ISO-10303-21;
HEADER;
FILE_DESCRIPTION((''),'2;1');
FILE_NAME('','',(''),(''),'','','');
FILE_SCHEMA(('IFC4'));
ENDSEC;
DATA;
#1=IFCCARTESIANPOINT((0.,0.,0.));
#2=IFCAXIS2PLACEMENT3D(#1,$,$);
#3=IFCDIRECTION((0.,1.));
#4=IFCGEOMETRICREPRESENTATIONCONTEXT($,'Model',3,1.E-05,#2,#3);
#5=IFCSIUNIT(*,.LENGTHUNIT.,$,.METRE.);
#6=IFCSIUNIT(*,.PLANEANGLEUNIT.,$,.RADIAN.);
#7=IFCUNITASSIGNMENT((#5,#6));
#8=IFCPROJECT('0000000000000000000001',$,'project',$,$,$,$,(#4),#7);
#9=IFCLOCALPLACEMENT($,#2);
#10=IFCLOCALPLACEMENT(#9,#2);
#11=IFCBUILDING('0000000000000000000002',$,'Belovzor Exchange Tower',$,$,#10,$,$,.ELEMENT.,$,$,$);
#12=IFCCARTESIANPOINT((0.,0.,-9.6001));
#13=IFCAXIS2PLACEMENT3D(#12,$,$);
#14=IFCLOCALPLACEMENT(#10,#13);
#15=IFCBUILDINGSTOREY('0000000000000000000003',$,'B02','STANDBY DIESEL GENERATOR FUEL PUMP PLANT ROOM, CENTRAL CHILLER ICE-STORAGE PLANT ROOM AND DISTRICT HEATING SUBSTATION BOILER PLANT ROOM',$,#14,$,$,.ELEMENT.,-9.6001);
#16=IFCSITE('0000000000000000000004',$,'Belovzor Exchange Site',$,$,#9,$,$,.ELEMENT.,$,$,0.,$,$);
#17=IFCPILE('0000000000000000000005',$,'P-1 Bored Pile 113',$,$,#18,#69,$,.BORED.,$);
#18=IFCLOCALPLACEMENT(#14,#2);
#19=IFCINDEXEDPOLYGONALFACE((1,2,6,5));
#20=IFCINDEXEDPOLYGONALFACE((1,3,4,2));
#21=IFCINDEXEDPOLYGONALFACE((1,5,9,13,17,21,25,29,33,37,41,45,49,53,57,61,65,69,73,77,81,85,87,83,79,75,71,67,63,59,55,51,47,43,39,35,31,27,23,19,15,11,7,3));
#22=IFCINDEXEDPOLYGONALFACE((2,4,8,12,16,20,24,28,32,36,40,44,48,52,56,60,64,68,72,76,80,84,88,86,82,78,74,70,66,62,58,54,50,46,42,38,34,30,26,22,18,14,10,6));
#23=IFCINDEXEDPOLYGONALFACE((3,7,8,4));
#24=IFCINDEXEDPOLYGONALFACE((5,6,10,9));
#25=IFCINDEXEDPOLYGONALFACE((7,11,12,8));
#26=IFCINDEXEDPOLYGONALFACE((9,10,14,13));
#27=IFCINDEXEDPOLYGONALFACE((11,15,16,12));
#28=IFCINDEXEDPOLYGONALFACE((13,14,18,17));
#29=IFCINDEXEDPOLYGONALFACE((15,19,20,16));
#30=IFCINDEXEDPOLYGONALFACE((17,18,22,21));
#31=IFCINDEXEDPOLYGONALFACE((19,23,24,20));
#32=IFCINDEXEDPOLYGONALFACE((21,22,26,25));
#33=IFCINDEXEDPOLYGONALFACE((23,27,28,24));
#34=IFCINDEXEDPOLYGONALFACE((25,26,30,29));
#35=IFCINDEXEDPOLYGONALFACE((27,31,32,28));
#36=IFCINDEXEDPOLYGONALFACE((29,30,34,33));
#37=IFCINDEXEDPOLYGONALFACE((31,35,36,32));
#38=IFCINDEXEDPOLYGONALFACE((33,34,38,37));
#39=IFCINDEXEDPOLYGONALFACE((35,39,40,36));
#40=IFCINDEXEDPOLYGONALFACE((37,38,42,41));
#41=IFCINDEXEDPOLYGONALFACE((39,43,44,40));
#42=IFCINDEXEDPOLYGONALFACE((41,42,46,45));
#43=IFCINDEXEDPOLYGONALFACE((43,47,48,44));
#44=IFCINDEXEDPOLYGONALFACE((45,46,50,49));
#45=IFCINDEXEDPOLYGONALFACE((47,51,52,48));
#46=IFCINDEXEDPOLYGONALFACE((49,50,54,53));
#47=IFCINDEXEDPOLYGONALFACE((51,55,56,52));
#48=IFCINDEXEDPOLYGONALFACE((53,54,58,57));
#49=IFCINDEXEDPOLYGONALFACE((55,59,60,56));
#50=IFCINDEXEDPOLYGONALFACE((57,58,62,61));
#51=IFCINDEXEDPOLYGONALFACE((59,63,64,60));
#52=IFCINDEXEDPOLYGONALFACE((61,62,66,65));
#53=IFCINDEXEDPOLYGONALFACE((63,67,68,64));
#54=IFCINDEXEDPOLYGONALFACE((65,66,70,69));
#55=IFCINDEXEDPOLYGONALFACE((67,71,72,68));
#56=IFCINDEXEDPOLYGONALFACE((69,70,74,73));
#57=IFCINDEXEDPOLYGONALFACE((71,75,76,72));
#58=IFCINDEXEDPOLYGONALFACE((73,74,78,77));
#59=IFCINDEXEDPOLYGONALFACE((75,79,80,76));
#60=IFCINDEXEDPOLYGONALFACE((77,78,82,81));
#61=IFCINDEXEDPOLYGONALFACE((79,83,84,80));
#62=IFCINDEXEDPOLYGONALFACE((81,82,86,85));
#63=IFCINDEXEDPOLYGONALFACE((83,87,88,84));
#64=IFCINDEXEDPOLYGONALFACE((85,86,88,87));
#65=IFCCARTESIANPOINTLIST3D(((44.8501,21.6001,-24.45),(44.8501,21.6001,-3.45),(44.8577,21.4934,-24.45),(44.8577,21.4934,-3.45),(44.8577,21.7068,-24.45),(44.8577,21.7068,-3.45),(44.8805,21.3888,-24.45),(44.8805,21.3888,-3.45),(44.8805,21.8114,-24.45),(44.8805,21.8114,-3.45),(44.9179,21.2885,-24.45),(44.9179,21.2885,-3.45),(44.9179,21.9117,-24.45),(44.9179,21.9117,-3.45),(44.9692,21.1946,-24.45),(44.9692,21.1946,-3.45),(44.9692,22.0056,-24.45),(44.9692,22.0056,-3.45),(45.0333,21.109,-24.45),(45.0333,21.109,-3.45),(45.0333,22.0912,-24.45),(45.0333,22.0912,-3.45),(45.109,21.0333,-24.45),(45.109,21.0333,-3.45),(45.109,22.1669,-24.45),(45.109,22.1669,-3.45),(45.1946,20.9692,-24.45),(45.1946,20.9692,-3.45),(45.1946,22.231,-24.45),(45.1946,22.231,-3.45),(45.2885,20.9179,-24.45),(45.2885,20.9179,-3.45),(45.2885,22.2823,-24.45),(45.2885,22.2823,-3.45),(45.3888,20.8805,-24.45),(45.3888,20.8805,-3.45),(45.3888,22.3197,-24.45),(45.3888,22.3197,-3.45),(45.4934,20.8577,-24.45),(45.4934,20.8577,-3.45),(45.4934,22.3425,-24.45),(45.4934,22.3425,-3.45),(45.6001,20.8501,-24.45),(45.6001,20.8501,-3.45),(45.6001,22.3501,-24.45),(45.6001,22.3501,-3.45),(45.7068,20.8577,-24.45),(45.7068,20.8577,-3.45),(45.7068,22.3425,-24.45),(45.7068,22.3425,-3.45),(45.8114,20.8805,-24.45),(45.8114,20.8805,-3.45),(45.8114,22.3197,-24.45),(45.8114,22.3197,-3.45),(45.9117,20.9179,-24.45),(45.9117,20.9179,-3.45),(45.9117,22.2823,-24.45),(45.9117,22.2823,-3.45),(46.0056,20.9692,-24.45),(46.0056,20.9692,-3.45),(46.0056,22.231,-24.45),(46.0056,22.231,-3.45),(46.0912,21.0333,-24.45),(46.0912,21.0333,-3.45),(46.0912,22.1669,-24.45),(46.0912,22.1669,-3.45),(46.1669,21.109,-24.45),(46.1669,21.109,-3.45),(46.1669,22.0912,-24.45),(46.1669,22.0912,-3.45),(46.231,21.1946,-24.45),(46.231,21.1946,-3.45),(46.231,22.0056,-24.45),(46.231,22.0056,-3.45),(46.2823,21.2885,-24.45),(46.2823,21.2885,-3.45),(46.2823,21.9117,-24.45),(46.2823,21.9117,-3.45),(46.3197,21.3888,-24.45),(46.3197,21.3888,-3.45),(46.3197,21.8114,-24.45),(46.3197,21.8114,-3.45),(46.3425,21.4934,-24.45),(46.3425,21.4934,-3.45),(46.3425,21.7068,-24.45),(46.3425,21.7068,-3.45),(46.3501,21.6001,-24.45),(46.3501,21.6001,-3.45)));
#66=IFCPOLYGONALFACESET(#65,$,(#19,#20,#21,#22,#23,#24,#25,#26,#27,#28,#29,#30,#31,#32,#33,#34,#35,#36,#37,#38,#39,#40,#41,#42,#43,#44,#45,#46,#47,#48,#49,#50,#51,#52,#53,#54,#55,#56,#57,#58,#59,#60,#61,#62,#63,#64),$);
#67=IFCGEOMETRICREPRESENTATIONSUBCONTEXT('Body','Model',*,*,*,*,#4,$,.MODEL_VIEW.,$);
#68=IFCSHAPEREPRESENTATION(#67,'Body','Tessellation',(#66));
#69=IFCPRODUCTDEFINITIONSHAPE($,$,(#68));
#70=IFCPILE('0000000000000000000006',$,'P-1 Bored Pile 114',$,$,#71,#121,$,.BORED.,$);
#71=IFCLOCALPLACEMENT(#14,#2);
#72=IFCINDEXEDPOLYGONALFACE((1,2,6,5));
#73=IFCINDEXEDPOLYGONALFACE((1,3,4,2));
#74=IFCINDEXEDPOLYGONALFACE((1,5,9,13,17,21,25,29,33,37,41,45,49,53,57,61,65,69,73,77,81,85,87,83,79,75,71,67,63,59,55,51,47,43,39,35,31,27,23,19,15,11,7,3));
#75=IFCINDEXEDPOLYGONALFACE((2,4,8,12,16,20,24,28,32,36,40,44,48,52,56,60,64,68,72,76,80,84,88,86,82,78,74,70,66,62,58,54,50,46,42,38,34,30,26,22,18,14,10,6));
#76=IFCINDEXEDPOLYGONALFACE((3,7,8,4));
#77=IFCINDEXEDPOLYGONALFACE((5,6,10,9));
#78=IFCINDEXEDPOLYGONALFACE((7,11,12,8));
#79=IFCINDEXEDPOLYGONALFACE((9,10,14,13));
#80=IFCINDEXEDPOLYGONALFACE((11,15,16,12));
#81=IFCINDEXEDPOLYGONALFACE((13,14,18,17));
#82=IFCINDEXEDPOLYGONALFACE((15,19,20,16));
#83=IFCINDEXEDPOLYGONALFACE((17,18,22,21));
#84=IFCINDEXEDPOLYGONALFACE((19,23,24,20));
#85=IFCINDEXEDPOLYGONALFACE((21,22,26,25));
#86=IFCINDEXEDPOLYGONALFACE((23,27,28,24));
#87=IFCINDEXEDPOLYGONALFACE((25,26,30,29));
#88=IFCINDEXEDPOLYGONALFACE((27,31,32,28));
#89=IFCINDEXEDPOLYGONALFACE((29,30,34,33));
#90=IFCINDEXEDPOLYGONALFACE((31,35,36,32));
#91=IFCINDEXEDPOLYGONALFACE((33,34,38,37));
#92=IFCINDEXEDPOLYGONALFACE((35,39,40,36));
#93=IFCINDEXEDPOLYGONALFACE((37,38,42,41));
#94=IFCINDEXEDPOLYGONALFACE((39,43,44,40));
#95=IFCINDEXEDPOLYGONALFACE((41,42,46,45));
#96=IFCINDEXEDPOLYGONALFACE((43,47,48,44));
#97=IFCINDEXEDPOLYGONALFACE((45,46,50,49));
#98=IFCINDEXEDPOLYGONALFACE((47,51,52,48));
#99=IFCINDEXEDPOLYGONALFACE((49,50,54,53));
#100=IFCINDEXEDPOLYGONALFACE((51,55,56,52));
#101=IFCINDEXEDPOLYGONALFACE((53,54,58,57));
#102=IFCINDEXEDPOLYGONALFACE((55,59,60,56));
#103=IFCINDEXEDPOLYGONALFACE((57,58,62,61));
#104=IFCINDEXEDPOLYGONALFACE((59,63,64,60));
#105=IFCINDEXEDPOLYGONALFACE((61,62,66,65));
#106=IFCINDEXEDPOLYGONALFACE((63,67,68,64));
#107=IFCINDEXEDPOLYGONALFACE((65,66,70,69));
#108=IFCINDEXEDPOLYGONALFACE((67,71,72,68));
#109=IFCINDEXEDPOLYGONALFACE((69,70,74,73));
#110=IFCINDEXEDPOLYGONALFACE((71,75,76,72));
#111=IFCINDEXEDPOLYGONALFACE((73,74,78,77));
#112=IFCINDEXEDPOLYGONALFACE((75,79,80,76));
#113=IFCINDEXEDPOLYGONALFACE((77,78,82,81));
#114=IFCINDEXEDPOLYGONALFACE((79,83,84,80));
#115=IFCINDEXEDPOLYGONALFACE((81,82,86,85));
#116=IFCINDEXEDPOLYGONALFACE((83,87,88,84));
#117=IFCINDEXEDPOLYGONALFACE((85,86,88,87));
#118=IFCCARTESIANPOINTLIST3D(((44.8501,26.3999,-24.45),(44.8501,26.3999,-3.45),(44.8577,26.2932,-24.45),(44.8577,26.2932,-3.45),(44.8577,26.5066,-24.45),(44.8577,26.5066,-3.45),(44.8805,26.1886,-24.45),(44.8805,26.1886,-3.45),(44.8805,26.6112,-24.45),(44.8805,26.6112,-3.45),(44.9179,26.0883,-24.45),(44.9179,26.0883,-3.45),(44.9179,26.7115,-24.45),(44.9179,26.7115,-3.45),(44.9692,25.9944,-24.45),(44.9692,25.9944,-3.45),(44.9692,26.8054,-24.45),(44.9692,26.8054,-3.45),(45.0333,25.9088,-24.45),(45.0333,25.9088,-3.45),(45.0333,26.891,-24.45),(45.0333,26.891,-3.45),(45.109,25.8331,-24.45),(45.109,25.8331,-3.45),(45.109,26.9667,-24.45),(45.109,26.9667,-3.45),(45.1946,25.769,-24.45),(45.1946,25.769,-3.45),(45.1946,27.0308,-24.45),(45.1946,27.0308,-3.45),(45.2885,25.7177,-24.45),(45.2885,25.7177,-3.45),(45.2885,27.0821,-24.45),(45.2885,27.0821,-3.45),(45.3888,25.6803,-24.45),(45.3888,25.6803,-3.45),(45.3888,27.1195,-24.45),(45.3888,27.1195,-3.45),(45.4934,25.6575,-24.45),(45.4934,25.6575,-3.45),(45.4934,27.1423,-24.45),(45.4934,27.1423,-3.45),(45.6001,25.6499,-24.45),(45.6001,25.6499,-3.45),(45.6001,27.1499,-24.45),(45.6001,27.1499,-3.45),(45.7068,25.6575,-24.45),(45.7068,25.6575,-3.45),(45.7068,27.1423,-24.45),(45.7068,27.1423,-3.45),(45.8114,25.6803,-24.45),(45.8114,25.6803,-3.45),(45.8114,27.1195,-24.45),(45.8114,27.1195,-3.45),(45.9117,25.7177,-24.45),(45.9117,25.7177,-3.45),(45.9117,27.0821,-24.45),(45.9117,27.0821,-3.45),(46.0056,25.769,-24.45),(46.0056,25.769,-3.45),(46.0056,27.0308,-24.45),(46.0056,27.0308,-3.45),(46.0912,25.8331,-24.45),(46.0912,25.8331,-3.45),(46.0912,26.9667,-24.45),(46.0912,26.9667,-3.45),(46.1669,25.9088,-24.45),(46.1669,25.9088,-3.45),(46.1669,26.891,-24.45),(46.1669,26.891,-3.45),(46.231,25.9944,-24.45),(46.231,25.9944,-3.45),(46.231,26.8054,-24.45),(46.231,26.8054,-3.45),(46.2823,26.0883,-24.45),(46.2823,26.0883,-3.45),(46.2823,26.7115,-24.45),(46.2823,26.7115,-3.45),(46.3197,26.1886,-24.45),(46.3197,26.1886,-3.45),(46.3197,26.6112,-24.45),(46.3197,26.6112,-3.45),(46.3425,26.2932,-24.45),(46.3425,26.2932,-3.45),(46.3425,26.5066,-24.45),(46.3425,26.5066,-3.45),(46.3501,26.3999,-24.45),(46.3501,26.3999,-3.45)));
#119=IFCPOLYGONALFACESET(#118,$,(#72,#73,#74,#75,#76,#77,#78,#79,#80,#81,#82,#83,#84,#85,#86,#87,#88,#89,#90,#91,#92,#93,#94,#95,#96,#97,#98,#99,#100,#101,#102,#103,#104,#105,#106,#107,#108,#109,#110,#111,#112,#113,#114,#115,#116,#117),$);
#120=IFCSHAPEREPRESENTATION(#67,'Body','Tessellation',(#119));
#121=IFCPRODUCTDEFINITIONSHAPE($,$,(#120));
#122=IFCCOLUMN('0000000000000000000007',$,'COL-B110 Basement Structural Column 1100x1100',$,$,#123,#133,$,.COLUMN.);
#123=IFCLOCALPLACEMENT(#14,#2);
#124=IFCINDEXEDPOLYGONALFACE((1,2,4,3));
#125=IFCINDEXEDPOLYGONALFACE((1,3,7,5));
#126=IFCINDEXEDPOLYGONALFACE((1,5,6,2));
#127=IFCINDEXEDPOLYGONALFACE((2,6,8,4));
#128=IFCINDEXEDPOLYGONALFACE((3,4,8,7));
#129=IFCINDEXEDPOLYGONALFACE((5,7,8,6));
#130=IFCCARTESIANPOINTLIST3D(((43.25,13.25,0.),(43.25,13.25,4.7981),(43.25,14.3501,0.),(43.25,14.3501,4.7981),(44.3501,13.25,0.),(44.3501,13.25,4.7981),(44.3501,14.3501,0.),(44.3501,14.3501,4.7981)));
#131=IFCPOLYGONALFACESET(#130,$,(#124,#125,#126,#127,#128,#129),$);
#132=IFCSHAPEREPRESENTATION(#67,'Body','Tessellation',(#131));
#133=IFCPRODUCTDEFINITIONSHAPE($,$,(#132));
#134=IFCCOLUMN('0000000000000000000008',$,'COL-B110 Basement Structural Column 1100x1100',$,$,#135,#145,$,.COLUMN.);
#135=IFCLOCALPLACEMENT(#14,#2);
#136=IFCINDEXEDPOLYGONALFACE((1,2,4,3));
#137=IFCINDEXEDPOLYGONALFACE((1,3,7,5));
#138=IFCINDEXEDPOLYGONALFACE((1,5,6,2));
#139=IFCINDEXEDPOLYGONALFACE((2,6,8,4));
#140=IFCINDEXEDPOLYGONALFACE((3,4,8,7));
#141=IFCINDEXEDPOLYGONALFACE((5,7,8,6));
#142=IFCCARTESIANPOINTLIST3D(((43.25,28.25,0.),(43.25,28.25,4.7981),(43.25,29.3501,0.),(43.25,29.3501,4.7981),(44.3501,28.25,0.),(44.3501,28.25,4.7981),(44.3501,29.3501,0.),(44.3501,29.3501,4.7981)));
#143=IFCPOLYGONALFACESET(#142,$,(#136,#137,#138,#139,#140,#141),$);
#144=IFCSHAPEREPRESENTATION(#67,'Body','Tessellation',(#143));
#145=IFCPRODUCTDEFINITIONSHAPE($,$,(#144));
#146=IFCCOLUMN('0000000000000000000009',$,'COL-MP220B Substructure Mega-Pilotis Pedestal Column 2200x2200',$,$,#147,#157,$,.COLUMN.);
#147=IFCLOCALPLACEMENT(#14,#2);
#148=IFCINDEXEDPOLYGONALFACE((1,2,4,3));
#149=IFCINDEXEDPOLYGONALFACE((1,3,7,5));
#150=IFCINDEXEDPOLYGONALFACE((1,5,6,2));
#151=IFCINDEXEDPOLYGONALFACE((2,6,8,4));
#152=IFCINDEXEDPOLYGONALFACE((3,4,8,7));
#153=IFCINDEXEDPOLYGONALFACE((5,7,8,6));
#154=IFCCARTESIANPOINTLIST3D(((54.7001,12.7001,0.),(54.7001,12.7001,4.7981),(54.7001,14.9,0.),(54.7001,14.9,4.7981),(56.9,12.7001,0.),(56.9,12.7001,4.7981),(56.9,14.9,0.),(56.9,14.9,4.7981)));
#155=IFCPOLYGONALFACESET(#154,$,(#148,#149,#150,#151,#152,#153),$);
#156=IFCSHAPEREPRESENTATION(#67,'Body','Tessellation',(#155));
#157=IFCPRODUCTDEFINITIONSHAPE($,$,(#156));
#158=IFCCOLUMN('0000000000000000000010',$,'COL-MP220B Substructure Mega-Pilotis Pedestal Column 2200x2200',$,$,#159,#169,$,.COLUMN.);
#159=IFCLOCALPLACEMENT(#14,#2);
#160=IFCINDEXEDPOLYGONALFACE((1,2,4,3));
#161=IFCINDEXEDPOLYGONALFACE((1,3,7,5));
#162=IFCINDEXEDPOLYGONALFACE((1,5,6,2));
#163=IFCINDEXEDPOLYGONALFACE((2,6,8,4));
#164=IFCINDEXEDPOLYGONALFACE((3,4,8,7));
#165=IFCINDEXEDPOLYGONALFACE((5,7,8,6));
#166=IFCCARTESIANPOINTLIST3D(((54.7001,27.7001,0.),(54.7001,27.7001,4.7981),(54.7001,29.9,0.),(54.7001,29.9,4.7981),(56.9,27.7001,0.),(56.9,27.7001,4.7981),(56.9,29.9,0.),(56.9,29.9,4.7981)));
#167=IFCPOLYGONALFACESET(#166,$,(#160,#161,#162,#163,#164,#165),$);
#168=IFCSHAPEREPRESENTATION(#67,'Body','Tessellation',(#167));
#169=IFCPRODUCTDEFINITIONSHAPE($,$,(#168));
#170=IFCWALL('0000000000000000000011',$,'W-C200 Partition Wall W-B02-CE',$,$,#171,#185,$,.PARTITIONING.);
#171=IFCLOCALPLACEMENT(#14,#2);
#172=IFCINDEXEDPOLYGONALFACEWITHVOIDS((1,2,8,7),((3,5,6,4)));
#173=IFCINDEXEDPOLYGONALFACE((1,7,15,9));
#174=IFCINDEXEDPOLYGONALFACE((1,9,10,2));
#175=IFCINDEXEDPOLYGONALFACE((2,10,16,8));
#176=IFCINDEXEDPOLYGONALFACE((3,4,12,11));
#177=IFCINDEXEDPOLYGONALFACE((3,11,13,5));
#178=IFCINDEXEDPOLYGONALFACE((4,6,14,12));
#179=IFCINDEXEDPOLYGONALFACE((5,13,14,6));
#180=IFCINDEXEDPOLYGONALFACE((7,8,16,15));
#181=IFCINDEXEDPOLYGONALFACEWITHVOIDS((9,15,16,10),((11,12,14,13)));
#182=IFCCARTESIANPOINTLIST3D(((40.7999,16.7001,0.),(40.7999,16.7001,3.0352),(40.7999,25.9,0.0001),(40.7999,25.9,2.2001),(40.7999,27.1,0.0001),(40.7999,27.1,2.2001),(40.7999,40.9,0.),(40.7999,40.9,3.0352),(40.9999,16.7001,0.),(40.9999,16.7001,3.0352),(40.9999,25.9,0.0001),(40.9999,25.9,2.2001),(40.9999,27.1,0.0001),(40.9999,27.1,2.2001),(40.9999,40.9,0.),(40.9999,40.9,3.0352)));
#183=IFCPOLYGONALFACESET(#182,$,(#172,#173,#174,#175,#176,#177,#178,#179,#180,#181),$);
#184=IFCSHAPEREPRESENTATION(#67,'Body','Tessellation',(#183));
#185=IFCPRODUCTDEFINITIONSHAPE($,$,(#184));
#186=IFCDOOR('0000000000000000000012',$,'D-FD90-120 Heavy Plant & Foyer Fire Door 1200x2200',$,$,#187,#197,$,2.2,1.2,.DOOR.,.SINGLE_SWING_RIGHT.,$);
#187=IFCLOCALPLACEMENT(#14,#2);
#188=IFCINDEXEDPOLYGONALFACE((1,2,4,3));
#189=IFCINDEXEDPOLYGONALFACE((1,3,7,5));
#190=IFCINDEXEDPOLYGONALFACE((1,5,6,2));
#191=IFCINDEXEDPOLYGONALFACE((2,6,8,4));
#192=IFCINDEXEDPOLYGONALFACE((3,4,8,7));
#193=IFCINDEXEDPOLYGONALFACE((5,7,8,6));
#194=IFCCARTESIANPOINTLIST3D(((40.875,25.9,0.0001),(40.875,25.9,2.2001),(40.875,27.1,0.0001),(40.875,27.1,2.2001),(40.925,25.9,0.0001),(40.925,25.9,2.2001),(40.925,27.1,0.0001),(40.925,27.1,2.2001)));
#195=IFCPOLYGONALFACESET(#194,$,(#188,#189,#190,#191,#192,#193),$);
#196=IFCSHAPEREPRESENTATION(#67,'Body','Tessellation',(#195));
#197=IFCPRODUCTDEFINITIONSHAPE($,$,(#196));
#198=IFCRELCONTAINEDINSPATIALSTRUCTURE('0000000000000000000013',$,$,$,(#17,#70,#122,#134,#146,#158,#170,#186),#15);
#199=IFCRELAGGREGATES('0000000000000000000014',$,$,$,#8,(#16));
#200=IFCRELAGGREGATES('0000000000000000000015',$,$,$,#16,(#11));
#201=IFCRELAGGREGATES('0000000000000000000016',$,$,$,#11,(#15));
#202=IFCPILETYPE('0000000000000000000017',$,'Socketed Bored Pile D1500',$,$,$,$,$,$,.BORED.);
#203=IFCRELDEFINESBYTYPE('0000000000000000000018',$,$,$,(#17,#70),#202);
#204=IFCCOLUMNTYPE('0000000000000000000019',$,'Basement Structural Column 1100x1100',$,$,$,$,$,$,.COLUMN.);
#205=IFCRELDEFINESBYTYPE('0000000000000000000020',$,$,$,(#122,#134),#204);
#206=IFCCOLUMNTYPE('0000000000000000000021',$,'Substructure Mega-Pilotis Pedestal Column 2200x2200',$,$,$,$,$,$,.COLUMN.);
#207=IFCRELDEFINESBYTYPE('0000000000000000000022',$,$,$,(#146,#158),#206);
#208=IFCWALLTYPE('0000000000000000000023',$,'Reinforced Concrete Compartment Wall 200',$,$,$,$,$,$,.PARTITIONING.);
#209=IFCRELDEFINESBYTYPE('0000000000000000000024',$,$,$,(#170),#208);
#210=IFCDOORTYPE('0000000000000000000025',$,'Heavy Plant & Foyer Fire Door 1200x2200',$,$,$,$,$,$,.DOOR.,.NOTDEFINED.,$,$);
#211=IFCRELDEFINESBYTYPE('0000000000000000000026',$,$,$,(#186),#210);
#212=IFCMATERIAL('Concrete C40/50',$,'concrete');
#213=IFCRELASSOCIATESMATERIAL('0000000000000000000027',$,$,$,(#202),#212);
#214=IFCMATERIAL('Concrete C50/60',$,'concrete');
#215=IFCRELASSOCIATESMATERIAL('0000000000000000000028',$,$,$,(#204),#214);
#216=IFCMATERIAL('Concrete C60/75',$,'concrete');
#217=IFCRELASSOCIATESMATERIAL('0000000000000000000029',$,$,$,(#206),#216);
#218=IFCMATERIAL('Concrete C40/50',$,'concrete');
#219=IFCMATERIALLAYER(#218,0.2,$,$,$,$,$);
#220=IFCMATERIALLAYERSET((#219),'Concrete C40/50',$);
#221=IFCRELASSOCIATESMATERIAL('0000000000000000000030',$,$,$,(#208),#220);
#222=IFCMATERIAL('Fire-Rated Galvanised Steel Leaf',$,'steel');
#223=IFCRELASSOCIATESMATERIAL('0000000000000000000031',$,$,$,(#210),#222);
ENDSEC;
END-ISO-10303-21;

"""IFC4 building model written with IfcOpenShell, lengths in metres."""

from ifc_helpers import new_model, si_unit, direction, frame, frame_2d, origin, origin_2d, place, context, subcontext, project, spatial, rectangle, circle, extrude, material, layer, layer_set, material_profile, profile_set, type_object, element, fill, save


model = new_model("IFC4")

# Units and contexts
model_context = context("Model", 3, precision=1e-05, world=origin(), true_north=direction((0.0, 1.0)))
body_context = subcontext(model_context, "Body", "Model", "MODEL_VIEW")
ifc_project = project(units=[si_unit("LENGTHUNIT", "METRE"), si_unit("PLANEANGLEUNIT", "RADIAN")], contexts=[model_context])

# Site, building, storey
site_placement = place(None, origin())
site = spatial("IfcSite", under=ifc_project, at=site_placement, Name="Belovzor Exchange Site", CompositionType="ELEMENT", RefElevation=0.0)
building_placement = place(site_placement, origin())
building = spatial("IfcBuilding", under=site, at=building_placement, Name="Belovzor Exchange Tower", CompositionType="ELEMENT")
storey_placement = place(building_placement, frame((0.0, 0.0, -9.6001)))
storey = spatial("IfcBuildingStorey", under=building, at=storey_placement, Name="B02", Description="STANDBY DIESEL GENERATOR FUEL PUMP PLANT ROOM, CENTRAL CHILLER ICE-STORAGE PLANT ROOM AND DISTRICT HEATING SUBSTATION BOILER PLANT ROOM", CompositionType="ELEMENT", Elevation=-9.6001)

# Piles
ifc_material_1 = material(Name="Concrete C40/50", Category="concrete")
ifc_material_profile_1 = material_profile(ifc_material_1, circle(Radius=0.75, at=origin_2d()))
ifc_profile_set_1 = profile_set([ifc_material_profile_1], Name="Concrete C40/50")
pile_type_1 = type_object("IfcPileType", Name="Socketed Bored Pile D1500", PredefinedType="BORED", material=ifc_profile_set_1)
for number, where, z_axis, x_axis, name in (
    (1, (45.6001, 21.6001, -3.45), (0.0, 0.0, -1.0), (1.0, 0.0, 0.0), "P-1 Bored Pile 113"),
    (2, (45.6001, 26.3999, -3.45), (0.0, 0.0, -1.0), (1.0, 0.0, 0.0), "P-1 Bored Pile 114"),
):
    element("IfcPile", number, at=place(storey_placement, frame(where, z_axis=z_axis, x_axis=x_axis)), inside=storey, type_object=pile_type_1, Name=name, PredefinedType="BORED", context=body_context, shape_type="SweptSolid", body=[
        extrude(circle(Radius=0.75, at=origin_2d()), origin(), (0.0, 0.0, 1.0), 21.0),
    ])

# Columns
ifc_material_2 = material(Name="Concrete C50/60", Category="concrete")
ifc_material_profile_2 = material_profile(ifc_material_2, rectangle(XDim=1.1001, YDim=1.1001, at=origin_2d()))
ifc_profile_set_2 = profile_set([ifc_material_profile_2], Name="Concrete C50/60")
column_type_1 = type_object("IfcColumnType", Name="Basement Structural Column 1100x1100", PredefinedType="COLUMN", material=ifc_profile_set_2)
for number, where, z_axis, x_axis, name in (
    (3, (43.8, 13.8, 0.0), (0.0, 0.0, 1.0), (1.0, 0.0, 0.0), "COL-B110 Basement Structural Column 1100x1100"),
    (4, (43.8, 28.8, 0.0), (0.0, 0.0, 1.0), (1.0, 0.0, 0.0), "COL-B110 Basement Structural Column 1100x1100"),
):
    element("IfcColumn", number, at=place(storey_placement, frame(where, z_axis=z_axis, x_axis=x_axis)), inside=storey, type_object=column_type_1, Name=name, PredefinedType="COLUMN", context=body_context, shape_type="SweptSolid", body=[
        extrude(rectangle(XDim=1.1001, YDim=1.1001, at=origin_2d()), origin(), (0.0, 0.0, 1.0), 4.7981),
    ])
ifc_material_3 = material(Name="Concrete C60/75", Category="concrete")
ifc_material_profile_3 = material_profile(ifc_material_3, rectangle(XDim=2.2, YDim=2.2, at=origin_2d()))
ifc_profile_set_3 = profile_set([ifc_material_profile_3], Name="Concrete C60/75")
column_type_2 = type_object("IfcColumnType", Name="Substructure Mega-Pilotis Pedestal Column 2200x2200", PredefinedType="COLUMN", material=ifc_profile_set_3)
for number, where, z_axis, x_axis, name in (
    (5, (55.8, 13.8, 0.0), (0.0, 0.0, 1.0), (1.0, 0.0, 0.0), "COL-MP220B Substructure Mega-Pilotis Pedestal Column 2200x2200"),
    (6, (55.8, 28.8, 0.0), (0.0, 0.0, 1.0), (1.0, 0.0, 0.0), "COL-MP220B Substructure Mega-Pilotis Pedestal Column 2200x2200"),
):
    element("IfcColumn", number, at=place(storey_placement, frame(where, z_axis=z_axis, x_axis=x_axis)), inside=storey, type_object=column_type_2, Name=name, PredefinedType="COLUMN", context=body_context, shape_type="SweptSolid", body=[
        extrude(rectangle(XDim=2.2, YDim=2.2, at=origin_2d()), origin(), (0.0, 0.0, 1.0), 4.7981),
    ])

# Wall, opening, door
ifc_material_4 = material(Name="Concrete C40/50", Category="concrete")
ifc_layer_1 = layer(ifc_material_4, 0.2)
ifc_layer_set_1 = layer_set([ifc_layer_1], Name="Concrete C40/50")
wall_type_1 = type_object("IfcWallType", Name="Reinforced Concrete Compartment Wall 200", PredefinedType="PARTITIONING", material=ifc_layer_set_1)
wall_1_placement = place(storey_placement, frame((40.8999, 16.7, 0.0), z_axis=(0.0, 0.0, 1.0), x_axis=(0.0, 1.0, 0.0)))
wall_1 = element("IfcWall", 7, at=wall_1_placement, inside=storey, type_object=wall_type_1, Name="W-C200 Partition Wall W-B02-CE", PredefinedType="PARTITIONING", context=body_context, shape_type="SweptSolid", body=[
    extrude(rectangle(XDim=24.2, YDim=0.2, at=frame_2d((12.1001, 0.0))), origin(), (0.0, 0.0, 1.0), 3.0352),
])
opening_1_placement = place(wall_1_placement, frame((9.2, 0.0, 0.0)))
opening_1 = element("IfcOpeningElement", 8, at=opening_1_placement, cuts=wall_1, PredefinedType="OPENING", context=body_context, shape_type="SweptSolid", body=[
    extrude(rectangle(XDim=1.2, YDim=2.2, at=frame_2d((0.6001, 1.1001))), frame((0.0, 0.1099, 0.0), z_axis=(0.0, -1.0, 0.0), x_axis=(1.0, 0.0, 0.0)), (0.0, 0.0, 1.0), 0.22),
])
ifc_material_5 = material(Name="Fire-Rated Galvanised Steel Leaf", Category="steel")
door_type_1 = type_object("IfcDoorType", Name="Heavy Plant & Foyer Fire Door 1200x2200", OperationType="NOTDEFINED", PredefinedType="DOOR", material=ifc_material_5)
door_1_placement = place(opening_1_placement, origin())
door_1 = element("IfcDoor", 9, at=door_1_placement, inside=storey, type_object=door_type_1, Name="D-FD90-120 Heavy Plant & Foyer Fire Door 1200x2200", OperationType="SINGLE_SWING_RIGHT", OverallHeight=2.2, OverallWidth=1.2, PredefinedType="DOOR", context=body_context, shape_type="SweptSolid", body=[
    extrude(rectangle(XDim=1.2, YDim=2.2, at=frame_2d((0.6001, 1.1001))), frame((0.0, 0.0249, 0.0), z_axis=(0.0, -1.0, 0.0), x_axis=(1.0, 0.0, 0.0)), (0.0, 0.0, 1.0), 0.05),
])
fill(opening_1, door_1)

save(model, "model.ifc")
